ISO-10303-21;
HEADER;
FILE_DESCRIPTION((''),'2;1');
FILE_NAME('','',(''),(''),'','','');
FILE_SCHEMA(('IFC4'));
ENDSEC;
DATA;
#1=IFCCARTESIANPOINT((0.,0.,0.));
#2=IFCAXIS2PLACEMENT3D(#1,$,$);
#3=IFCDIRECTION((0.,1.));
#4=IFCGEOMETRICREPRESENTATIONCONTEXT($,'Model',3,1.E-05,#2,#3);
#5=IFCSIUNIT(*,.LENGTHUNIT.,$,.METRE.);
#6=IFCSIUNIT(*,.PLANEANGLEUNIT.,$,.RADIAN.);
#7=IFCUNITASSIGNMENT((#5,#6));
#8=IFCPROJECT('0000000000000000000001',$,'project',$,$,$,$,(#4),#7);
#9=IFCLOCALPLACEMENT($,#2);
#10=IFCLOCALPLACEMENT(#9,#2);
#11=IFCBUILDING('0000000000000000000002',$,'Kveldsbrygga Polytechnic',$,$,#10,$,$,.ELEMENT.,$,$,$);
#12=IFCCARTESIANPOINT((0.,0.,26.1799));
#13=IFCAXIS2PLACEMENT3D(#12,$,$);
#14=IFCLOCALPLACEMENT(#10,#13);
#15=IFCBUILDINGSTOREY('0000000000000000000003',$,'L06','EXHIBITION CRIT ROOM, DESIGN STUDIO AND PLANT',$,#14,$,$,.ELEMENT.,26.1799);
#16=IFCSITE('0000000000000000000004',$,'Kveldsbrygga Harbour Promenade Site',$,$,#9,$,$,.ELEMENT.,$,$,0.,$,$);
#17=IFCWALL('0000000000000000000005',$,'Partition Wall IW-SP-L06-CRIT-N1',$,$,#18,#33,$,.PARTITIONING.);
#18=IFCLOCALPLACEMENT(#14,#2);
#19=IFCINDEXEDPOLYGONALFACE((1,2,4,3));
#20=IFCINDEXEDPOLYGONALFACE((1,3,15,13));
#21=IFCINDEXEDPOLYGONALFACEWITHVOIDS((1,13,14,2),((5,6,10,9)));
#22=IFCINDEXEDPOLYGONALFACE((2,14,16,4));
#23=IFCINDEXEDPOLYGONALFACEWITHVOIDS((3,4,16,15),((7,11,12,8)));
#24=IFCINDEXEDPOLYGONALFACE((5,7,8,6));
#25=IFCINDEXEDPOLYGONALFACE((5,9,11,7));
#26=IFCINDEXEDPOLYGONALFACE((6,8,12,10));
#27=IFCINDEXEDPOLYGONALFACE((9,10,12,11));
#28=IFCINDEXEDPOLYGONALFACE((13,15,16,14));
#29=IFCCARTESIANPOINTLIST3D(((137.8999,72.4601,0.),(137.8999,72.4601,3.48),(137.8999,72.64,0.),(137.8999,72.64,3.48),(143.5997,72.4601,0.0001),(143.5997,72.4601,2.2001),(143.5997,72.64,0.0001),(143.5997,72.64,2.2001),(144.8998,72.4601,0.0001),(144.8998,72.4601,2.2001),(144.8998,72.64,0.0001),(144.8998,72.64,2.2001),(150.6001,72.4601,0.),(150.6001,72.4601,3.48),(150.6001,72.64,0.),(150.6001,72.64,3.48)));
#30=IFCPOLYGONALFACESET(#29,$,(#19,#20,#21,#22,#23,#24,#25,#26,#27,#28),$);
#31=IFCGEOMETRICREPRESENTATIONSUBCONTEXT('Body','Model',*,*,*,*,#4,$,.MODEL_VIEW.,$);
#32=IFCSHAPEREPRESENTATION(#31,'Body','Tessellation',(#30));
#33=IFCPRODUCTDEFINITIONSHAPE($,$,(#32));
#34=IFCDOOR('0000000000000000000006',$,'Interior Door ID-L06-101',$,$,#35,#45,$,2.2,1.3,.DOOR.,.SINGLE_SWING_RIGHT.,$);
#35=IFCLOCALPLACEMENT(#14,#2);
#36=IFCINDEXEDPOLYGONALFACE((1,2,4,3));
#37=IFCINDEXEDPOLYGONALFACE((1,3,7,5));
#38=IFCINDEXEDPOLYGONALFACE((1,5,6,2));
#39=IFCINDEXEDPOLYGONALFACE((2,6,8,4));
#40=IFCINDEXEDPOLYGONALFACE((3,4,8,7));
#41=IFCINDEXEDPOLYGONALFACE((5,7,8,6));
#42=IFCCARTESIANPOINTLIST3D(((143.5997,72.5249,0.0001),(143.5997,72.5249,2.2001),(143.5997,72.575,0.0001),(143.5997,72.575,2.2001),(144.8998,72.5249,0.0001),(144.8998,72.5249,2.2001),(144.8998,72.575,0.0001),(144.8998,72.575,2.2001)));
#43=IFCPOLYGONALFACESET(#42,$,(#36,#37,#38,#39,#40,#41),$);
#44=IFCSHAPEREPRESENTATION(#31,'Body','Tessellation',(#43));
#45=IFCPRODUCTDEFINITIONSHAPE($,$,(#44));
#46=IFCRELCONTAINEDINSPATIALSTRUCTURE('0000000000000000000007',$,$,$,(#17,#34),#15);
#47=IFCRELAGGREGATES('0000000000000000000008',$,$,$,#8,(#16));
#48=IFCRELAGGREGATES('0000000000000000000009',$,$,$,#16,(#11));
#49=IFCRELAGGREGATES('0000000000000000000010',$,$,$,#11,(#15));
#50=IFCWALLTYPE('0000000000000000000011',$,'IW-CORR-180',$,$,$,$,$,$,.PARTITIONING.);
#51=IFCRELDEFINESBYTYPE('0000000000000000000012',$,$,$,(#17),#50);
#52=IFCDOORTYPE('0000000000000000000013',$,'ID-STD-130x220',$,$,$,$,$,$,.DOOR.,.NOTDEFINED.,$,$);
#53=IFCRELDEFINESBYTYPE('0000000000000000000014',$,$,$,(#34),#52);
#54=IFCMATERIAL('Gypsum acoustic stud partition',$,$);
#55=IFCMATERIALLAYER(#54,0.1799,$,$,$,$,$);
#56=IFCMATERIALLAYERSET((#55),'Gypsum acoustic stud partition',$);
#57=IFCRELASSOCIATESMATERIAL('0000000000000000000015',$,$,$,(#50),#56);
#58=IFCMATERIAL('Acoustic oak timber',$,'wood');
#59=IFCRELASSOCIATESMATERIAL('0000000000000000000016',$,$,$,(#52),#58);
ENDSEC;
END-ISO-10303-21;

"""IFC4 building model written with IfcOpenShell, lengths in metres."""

from ifc_helpers import new_model, si_unit, direction, frame, frame_2d, origin, place, context, subcontext, project, spatial, rectangle, extrude, material, layer, layer_set, type_object, element, fill, save


model = new_model("IFC4")

# Units and contexts
model_context = context("Model", 3, precision=1e-05, world=origin(), true_north=direction((0.0, 1.0)))
body_context = subcontext(model_context, "Body", "Model", "MODEL_VIEW")
ifc_project = project(units=[si_unit("LENGTHUNIT", "METRE"), si_unit("PLANEANGLEUNIT", "RADIAN")], contexts=[model_context])

# Site, building, storey
site_placement = place(None, origin())
site = spatial("IfcSite", under=ifc_project, at=site_placement, Name="Kveldsbrygga Harbour Promenade Site", CompositionType="ELEMENT", RefElevation=0.0)
building_placement = place(site_placement, origin())
building = spatial("IfcBuilding", under=site, at=building_placement, Name="Kveldsbrygga Polytechnic", CompositionType="ELEMENT")
storey_placement = place(building_placement, frame((0.0, 0.0, 26.1799)))
storey = spatial("IfcBuildingStorey", under=building, at=storey_placement, Name="L06", Description="EXHIBITION CRIT ROOM, DESIGN STUDIO AND PLANT", CompositionType="ELEMENT", Elevation=26.1799)

# Wall, opening, door
ifc_material_1 = material(Name="Gypsum acoustic stud partition")
ifc_layer_1 = layer(ifc_material_1, 0.1799)
ifc_layer_set_1 = layer_set([ifc_layer_1], Name="Gypsum acoustic stud partition")
wall_type = type_object("IfcWallType", Name="IW-CORR-180", PredefinedType="PARTITIONING", material=ifc_layer_set_1)
wall_placement = place(storey_placement, frame((137.8999, 72.55, 0.0), z_axis=(0.0, 0.0, 1.0), x_axis=(1.0, 0.0, 0.0)))
wall = element("IfcWall", 1, at=wall_placement, inside=storey, type_object=wall_type, Name="Partition Wall IW-SP-L06-CRIT-N1", PredefinedType="PARTITIONING", context=body_context, shape_type="SweptSolid", body=[
    extrude(rectangle(XDim=12.7002, YDim=0.1799, at=frame_2d((6.3501, 0.0))), origin(), (0.0, 0.0, 1.0), 3.48),
])
opening_placement = place(wall_placement, frame((5.7, 0.0, 0.0)))
opening = element("IfcOpeningElement", 2, at=opening_placement, cuts=wall, PredefinedType="OPENING", context=body_context, shape_type="SweptSolid", body=[
    extrude(rectangle(XDim=1.3, YDim=2.2, at=frame_2d((0.6499, 1.1001))), frame((0.0, 0.1001, 0.0), z_axis=(0.0, -1.0, 0.0), x_axis=(1.0, 0.0, 0.0)), (0.0, 0.0, 1.0), 0.2),
])
ifc_material_2 = material(Name="Acoustic oak timber", Category="wood")
door_type = type_object("IfcDoorType", Name="ID-STD-130x220", OperationType="NOTDEFINED", PredefinedType="DOOR", material=ifc_material_2)
door_placement = place(opening_placement, origin())
door = element("IfcDoor", 3, at=door_placement, inside=storey, type_object=door_type, Name="Interior Door ID-L06-101", OperationType="SINGLE_SWING_RIGHT", OverallHeight=2.2, OverallWidth=1.3, PredefinedType="DOOR", context=body_context, shape_type="SweptSolid", body=[
    extrude(rectangle(XDim=1.3, YDim=2.2, at=frame_2d((0.6499, 1.1001))), frame((0.0, 0.0249, 0.0), z_axis=(0.0, -1.0, 0.0), x_axis=(1.0, 0.0, 0.0)), (0.0, 0.0, 1.0), 0.05),
])
fill(opening, door)

save(model, "model.ifc")
